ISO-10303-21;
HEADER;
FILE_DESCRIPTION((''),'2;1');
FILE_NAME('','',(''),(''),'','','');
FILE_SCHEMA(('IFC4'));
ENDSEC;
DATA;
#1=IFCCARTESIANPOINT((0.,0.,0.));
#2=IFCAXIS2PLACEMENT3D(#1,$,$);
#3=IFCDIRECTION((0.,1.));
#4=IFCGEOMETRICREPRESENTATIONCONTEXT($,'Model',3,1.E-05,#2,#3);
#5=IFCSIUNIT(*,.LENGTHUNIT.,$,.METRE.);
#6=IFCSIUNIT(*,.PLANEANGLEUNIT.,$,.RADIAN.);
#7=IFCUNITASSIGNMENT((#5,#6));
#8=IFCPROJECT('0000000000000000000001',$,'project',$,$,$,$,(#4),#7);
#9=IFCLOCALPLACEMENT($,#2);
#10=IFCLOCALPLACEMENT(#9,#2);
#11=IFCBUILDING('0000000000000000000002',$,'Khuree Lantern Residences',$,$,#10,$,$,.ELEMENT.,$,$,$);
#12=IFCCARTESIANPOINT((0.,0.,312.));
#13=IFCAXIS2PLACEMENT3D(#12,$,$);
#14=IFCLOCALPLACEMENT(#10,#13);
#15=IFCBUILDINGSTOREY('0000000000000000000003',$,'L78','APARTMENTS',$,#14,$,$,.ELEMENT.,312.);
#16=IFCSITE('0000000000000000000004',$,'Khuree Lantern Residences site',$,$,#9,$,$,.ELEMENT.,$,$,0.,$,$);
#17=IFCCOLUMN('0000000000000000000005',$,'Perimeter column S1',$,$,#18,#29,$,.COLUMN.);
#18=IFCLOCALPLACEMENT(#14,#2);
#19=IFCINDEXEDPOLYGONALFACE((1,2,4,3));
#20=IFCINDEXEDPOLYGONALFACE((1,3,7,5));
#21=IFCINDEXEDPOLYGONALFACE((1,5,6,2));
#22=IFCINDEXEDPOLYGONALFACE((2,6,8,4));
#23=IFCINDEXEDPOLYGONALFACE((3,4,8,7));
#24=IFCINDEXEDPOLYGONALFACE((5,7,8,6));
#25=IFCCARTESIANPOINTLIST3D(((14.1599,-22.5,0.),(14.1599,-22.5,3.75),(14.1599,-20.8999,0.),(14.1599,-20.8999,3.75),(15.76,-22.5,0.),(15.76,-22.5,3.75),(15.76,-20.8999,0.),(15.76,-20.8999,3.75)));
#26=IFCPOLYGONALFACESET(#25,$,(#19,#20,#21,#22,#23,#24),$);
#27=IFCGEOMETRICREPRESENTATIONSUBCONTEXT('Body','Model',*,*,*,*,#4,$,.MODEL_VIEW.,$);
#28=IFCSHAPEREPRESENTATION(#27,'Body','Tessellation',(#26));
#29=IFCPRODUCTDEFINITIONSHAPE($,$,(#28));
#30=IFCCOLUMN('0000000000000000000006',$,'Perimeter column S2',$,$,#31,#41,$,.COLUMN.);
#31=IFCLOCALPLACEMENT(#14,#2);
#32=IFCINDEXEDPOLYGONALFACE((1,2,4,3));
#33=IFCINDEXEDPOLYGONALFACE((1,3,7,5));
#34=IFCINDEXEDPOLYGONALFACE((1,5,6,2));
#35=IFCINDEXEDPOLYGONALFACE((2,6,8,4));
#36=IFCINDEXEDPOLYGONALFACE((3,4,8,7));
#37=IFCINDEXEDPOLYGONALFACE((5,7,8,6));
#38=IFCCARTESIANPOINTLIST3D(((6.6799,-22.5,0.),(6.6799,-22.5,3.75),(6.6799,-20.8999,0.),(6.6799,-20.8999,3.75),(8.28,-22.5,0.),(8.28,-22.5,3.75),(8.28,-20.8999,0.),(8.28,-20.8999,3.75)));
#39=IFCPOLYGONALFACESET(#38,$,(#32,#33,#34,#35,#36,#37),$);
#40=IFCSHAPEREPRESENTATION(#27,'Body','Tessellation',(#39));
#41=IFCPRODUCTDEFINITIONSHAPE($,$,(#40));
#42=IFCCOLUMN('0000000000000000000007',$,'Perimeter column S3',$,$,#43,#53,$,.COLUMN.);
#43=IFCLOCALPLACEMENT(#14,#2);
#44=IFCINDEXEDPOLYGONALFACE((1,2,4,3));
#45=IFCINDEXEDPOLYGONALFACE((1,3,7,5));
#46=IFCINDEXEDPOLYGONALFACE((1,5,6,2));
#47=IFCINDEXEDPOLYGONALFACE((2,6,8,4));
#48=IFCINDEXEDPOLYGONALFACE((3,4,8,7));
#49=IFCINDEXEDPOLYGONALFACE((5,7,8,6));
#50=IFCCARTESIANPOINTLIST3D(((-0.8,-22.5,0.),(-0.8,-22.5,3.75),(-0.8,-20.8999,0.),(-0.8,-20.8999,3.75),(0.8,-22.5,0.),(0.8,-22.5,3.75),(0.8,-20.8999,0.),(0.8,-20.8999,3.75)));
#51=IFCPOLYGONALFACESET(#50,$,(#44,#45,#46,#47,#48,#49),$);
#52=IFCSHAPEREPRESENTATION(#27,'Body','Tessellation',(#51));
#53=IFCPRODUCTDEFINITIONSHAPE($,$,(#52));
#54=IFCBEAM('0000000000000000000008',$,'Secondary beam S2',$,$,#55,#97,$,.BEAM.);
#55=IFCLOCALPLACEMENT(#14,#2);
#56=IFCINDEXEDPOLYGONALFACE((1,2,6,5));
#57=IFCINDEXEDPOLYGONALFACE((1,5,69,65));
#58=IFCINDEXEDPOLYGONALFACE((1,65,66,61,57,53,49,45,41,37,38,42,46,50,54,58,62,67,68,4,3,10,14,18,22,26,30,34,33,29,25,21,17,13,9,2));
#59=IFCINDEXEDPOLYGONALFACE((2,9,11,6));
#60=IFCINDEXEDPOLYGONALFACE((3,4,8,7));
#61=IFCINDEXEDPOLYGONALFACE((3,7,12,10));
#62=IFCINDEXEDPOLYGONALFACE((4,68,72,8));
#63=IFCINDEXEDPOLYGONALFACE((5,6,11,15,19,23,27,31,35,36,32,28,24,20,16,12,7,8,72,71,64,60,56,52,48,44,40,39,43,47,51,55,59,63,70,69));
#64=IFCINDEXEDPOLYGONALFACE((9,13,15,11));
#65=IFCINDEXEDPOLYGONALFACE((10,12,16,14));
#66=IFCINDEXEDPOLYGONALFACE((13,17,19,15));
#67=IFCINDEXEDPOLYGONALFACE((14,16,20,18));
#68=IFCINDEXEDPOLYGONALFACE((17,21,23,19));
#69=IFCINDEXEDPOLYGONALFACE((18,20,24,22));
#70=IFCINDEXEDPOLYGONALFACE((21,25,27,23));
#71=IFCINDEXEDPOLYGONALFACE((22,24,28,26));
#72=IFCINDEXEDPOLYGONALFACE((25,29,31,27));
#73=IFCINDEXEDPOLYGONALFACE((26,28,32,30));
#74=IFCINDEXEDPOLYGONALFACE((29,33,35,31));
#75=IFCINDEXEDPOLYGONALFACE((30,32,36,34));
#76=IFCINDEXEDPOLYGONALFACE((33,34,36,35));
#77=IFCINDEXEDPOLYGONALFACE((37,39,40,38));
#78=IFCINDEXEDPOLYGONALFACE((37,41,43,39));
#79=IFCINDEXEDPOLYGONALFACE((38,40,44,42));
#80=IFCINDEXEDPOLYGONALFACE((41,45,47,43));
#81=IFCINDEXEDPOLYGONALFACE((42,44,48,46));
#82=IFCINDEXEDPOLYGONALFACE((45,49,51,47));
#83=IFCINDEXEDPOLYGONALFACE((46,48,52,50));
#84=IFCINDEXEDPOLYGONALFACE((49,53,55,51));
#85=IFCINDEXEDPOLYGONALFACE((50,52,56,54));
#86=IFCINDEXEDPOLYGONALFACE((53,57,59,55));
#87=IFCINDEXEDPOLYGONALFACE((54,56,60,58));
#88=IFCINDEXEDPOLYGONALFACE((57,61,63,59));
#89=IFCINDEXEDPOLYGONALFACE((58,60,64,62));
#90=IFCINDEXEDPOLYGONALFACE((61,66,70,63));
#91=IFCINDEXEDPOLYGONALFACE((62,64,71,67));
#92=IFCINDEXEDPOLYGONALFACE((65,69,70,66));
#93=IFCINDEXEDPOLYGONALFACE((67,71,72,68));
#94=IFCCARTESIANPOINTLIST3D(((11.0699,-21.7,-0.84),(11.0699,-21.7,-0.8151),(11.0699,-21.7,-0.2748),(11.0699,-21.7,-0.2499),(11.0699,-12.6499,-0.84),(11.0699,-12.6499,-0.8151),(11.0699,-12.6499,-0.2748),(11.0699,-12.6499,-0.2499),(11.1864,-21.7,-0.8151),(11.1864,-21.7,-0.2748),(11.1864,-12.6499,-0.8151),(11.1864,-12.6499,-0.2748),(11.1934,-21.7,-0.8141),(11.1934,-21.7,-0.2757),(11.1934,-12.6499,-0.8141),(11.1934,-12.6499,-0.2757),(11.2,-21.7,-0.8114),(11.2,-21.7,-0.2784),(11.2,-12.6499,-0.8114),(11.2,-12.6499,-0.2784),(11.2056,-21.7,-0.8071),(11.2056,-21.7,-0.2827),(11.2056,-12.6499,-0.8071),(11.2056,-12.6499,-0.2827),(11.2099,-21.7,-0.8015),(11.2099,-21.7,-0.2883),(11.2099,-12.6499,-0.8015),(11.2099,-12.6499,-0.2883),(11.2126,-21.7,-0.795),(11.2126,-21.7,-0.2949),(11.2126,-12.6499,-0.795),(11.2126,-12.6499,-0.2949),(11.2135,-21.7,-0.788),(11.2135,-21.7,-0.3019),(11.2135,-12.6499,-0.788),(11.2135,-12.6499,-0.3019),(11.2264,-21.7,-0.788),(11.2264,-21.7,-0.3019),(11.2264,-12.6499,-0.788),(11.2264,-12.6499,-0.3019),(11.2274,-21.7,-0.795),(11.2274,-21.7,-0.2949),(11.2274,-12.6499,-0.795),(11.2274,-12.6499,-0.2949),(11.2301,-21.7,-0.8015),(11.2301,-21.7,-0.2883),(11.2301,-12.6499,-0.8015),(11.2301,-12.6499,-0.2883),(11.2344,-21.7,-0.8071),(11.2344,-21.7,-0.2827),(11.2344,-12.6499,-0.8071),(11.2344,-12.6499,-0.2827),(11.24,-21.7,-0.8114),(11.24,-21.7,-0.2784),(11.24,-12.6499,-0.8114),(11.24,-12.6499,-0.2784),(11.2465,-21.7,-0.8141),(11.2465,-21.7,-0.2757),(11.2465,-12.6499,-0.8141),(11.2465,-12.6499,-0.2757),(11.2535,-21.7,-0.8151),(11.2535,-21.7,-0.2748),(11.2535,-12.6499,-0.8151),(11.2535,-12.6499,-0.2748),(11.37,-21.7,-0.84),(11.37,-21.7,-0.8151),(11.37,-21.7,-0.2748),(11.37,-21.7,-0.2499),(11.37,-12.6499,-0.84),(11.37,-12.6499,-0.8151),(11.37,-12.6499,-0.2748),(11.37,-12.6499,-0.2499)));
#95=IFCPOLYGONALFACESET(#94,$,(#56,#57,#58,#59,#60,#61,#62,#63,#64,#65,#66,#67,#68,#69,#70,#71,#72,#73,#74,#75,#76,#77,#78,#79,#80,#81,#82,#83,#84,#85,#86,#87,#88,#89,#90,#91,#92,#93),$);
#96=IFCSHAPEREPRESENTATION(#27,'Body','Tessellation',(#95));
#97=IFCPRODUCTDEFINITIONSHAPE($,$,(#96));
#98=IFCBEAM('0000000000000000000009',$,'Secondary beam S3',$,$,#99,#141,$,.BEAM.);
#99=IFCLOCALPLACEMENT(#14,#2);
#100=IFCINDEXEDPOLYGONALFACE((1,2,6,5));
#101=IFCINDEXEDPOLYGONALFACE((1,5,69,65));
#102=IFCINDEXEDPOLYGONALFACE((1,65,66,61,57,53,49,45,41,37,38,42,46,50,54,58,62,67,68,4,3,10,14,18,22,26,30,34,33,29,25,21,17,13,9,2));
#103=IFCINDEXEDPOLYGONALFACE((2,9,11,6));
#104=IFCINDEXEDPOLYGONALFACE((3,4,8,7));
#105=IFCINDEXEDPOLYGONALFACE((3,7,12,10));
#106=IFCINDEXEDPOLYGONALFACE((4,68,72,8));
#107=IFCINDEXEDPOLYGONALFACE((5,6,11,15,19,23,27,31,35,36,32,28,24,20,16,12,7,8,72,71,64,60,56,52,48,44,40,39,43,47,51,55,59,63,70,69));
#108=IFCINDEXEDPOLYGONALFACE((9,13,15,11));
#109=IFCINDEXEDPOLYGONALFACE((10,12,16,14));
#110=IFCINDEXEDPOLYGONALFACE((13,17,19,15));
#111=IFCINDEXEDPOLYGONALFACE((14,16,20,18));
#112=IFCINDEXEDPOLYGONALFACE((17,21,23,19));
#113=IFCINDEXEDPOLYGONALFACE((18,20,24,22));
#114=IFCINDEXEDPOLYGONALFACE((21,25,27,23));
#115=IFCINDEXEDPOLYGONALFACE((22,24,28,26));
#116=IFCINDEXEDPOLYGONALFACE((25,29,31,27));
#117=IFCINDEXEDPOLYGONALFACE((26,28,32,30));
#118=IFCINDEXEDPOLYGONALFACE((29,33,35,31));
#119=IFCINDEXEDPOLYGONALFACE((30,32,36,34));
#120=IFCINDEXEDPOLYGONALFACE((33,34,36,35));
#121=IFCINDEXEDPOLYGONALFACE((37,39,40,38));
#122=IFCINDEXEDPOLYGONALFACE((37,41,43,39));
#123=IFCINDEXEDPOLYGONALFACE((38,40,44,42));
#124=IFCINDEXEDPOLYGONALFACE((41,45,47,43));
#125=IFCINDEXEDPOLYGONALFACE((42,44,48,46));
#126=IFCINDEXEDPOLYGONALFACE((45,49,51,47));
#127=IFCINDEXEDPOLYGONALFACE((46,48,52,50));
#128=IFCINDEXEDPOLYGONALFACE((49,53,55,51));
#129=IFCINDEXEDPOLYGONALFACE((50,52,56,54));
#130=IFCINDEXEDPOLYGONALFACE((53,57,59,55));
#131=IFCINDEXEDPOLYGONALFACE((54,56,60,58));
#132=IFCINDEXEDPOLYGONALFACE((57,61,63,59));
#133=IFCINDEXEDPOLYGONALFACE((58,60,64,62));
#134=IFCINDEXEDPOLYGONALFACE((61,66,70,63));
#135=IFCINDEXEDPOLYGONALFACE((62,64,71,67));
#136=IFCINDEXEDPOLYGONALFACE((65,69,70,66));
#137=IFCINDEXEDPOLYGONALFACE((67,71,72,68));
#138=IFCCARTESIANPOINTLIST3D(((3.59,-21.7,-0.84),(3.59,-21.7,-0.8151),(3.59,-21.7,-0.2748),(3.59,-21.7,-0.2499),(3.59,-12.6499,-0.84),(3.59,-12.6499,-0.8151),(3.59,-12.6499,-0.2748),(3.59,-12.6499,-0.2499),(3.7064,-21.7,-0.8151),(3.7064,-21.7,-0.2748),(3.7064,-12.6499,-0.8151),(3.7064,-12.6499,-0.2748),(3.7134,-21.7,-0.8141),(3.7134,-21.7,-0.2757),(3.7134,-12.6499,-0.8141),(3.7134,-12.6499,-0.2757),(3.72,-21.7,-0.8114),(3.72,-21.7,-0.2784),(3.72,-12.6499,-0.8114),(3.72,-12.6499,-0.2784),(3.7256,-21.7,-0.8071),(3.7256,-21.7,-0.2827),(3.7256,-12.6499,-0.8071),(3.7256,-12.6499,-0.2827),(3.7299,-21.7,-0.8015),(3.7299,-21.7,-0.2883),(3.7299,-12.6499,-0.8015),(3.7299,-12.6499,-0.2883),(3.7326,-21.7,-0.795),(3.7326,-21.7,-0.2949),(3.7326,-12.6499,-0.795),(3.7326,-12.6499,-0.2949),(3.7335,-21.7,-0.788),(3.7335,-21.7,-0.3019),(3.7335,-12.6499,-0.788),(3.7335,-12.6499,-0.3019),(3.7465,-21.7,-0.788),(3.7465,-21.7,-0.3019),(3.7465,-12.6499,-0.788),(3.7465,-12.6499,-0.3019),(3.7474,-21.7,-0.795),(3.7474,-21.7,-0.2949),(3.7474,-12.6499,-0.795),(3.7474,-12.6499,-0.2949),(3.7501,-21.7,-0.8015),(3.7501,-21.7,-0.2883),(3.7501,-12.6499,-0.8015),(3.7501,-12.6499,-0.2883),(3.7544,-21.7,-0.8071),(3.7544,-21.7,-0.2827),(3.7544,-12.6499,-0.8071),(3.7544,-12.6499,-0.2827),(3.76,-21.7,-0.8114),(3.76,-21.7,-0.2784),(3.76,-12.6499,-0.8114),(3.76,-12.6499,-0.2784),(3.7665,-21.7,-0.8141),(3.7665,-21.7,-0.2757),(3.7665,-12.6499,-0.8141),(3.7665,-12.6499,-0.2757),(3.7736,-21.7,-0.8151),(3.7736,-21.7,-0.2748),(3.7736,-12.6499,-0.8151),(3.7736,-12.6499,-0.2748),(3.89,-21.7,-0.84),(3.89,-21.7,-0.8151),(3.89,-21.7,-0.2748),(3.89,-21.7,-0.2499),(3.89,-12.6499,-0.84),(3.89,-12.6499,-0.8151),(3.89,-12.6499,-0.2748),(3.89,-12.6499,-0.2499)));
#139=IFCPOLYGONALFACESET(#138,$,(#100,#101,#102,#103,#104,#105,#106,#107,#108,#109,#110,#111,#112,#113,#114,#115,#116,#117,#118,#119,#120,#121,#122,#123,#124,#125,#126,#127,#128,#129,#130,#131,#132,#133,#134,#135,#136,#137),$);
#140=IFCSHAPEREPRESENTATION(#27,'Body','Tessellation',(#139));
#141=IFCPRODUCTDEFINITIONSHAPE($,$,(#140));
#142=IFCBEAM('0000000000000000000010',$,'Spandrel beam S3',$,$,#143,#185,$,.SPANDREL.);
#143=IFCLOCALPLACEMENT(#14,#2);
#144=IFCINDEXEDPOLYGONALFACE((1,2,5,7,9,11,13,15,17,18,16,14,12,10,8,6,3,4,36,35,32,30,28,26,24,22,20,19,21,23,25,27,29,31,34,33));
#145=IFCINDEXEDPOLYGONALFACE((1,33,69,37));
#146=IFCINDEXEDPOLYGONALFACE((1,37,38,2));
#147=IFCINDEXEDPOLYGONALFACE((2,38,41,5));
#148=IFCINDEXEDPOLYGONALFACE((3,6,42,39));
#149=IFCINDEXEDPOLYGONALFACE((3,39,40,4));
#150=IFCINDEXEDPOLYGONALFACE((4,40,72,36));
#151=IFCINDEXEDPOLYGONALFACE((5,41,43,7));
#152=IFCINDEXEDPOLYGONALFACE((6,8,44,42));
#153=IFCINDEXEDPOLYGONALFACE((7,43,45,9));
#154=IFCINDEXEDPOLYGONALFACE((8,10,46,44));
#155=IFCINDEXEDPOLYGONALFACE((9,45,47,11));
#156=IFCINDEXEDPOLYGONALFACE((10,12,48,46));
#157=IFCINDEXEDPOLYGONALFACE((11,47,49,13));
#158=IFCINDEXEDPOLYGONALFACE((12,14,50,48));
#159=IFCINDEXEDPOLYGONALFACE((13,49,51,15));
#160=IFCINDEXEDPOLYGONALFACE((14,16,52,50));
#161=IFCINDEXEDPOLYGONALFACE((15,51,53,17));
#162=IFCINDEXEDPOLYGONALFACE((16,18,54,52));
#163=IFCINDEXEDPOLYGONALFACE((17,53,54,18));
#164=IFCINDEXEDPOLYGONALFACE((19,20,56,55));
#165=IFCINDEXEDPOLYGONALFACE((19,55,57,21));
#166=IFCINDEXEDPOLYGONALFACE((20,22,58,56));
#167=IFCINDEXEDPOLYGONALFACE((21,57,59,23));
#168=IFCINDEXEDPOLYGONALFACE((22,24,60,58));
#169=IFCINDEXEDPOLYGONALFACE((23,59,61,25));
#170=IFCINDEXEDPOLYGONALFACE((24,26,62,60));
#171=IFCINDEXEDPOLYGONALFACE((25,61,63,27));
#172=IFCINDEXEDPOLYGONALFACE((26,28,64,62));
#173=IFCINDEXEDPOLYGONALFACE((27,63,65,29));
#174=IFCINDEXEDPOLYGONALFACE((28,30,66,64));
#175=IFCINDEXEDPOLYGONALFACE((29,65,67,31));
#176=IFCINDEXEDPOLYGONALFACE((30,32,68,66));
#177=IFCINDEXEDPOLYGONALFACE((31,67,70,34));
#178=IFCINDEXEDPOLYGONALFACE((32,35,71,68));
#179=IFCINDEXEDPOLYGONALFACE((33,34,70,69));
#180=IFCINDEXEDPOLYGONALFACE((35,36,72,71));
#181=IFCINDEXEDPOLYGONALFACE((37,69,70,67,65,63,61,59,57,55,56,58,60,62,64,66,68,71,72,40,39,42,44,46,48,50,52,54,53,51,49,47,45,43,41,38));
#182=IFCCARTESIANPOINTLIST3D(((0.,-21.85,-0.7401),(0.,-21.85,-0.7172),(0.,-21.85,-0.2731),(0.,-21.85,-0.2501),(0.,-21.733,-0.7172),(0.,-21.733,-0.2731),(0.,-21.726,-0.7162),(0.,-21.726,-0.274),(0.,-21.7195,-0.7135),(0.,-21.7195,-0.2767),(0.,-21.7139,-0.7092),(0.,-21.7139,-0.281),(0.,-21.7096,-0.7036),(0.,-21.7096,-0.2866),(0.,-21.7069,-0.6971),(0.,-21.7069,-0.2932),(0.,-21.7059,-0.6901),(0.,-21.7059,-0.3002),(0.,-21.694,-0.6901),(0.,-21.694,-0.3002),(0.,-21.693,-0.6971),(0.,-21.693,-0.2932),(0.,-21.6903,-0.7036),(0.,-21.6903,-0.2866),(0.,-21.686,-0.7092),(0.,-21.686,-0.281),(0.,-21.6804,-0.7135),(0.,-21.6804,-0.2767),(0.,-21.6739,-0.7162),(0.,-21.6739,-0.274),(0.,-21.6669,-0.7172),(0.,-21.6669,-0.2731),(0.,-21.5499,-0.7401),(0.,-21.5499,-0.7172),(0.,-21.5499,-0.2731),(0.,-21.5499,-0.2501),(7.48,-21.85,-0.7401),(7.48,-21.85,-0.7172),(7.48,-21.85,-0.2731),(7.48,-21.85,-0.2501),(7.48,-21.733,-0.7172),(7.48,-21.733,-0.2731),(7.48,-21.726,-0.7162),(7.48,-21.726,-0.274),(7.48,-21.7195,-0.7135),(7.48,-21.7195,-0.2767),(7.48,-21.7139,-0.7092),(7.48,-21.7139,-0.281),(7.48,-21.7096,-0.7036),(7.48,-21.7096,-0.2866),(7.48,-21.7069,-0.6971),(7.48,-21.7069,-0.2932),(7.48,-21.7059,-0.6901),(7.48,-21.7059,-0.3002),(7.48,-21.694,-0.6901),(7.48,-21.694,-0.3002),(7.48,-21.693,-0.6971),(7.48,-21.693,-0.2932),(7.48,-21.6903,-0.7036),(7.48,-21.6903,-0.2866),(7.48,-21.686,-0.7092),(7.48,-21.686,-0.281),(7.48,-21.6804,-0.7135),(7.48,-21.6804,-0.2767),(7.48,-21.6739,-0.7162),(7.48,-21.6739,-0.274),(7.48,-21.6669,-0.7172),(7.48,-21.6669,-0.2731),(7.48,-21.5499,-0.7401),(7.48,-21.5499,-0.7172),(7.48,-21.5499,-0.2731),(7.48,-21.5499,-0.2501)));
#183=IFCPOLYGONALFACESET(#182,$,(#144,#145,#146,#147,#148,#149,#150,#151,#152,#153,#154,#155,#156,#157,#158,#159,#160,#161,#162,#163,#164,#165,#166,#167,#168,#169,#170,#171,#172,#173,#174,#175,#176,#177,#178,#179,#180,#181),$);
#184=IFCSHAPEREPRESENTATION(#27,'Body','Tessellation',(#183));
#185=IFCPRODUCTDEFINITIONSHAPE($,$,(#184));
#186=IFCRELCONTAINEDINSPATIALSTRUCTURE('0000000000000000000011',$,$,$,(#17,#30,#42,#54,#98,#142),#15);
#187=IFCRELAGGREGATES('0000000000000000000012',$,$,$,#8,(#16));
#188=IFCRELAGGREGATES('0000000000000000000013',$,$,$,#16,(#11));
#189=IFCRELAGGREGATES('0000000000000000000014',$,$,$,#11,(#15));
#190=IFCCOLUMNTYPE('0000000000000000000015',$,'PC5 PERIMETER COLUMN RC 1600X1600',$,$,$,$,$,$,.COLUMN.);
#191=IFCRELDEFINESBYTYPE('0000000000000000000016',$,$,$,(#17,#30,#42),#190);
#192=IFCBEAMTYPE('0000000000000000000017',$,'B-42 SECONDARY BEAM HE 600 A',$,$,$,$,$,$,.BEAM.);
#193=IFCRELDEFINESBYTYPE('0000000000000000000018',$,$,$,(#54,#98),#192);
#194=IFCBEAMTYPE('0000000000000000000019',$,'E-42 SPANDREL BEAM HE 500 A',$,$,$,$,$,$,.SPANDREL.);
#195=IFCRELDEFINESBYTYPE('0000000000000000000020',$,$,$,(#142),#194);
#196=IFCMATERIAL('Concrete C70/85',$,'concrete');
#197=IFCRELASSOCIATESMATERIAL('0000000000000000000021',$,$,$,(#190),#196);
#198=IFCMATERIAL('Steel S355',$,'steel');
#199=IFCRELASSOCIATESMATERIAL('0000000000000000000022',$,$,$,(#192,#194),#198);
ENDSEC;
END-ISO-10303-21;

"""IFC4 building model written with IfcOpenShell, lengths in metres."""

from ifc_helpers import new_model, si_unit, direction, frame, origin, origin_2d, place, context, subcontext, project, spatial, rectangle, i_section, extrude, material, material_profile, profile_set, type_object, element, save


model = new_model("IFC4")

# Units and contexts
model_context = context("Model", 3, precision=1e-05, world=origin(), true_north=direction((0.0, 1.0)))
body_context = subcontext(model_context, "Body", "Model", "MODEL_VIEW")
ifc_project = project(units=[si_unit("LENGTHUNIT", "METRE"), si_unit("PLANEANGLEUNIT", "RADIAN")], contexts=[model_context])

# Site, building, storey
site_placement = place(None, origin())
site = spatial("IfcSite", under=ifc_project, at=site_placement, Name="Khuree Lantern Residences site", CompositionType="ELEMENT", RefElevation=0.0)
building_placement = place(site_placement, origin())
building = spatial("IfcBuilding", under=site, at=building_placement, Name="Khuree Lantern Residences", CompositionType="ELEMENT")
storey_placement = place(building_placement, frame((0.0, 0.0, 312.0)))
storey = spatial("IfcBuildingStorey", under=building, at=storey_placement, Name="L78", Description="APARTMENTS", CompositionType="ELEMENT", Elevation=312.0)

# Columns
ifc_material_1 = material(Name="Concrete C70/85", Category="concrete")
ifc_material_profile_1 = material_profile(ifc_material_1, rectangle(XDim=1.6001, YDim=1.6001, at=origin_2d()), Name="RC 1600X1600")
ifc_profile_set_1 = profile_set([ifc_material_profile_1], Name="Concrete C70/85")
column_type = type_object("IfcColumnType", Name="PC5 PERIMETER COLUMN RC 1600X1600", PredefinedType="COLUMN", material=ifc_profile_set_1)
for number, where, z_axis, x_axis, name in (
    (1, (14.96, -21.7, 0.0), (0.0, 0.0, 1.0), (1.0, 0.0, 0.0), "Perimeter column S1"),
    (2, (7.48, -21.7, 0.0), (0.0, 0.0, 1.0), (1.0, 0.0, 0.0), "Perimeter column S2"),
    (3, (0.0, -21.7, 0.0), (0.0, 0.0, 1.0), (1.0, 0.0, 0.0), "Perimeter column S3"),
):
    element("IfcColumn", number, at=place(storey_placement, frame(where, z_axis=z_axis, x_axis=x_axis)), inside=storey, type_object=column_type, Name=name, PredefinedType="COLUMN", context=body_context, shape_type="SweptSolid", body=[
        extrude(rectangle(XDim=1.6001, YDim=1.6001, at=origin_2d()), origin(), (0.0, 0.0, 1.0), 3.75),
    ])

# Beams
ifc_material_2 = material(Name="Steel S355", Category="steel")
ifc_material_profile_2 = material_profile(ifc_material_2, i_section(OverallWidth=0.3, OverallDepth=0.5901, WebThickness=0.0129, FlangeThickness=0.0249, FilletRadius=0.0271, at=origin_2d()), Name="HE 600 A")
ifc_profile_set_2 = profile_set([ifc_material_profile_2], Name="Steel S355")
beam_type_1 = type_object("IfcBeamType", Name="B-42 SECONDARY BEAM HE 600 A", PredefinedType="BEAM", material=ifc_profile_set_2)
for number, where, z_axis, x_axis, name in (
    (4, (11.22, -21.7, -0.5449), (0.0, 1.0, 0.0), (-1.0, 0.0, 0.0), "Secondary beam S2"),
    (5, (3.74, -21.7, -0.5449), (0.0, 1.0, 0.0), (-1.0, 0.0, 0.0), "Secondary beam S3"),
):
    element("IfcBeam", number, at=place(storey_placement, frame(where, z_axis=z_axis, x_axis=x_axis)), inside=storey, type_object=beam_type_1, Name=name, PredefinedType="BEAM", context=body_context, shape_type="SweptSolid", body=[
        extrude(i_section(OverallWidth=0.3, OverallDepth=0.5901, WebThickness=0.0129, FlangeThickness=0.0249, FilletRadius=0.0271, at=origin_2d()), origin(), (0.0, 0.0, 1.0), 9.05),
    ])
ifc_material_profile_3 = material_profile(ifc_material_2, i_section(OverallWidth=0.3, OverallDepth=0.49, WebThickness=0.012, FlangeThickness=0.0229, FilletRadius=0.0271, at=origin_2d()), Name="HE 500 A")
ifc_profile_set_3 = profile_set([ifc_material_profile_3], Name="Steel S355")
beam_type_2 = type_object("IfcBeamType", Name="E-42 SPANDREL BEAM HE 500 A", PredefinedType="SPANDREL", material=ifc_profile_set_3)
for number, where, z_axis, x_axis, name in (
    (6, (7.48, -21.7, -0.4951), (-1.0, 0.0, 0.0), (0.0, -1.0, 0.0), "Spandrel beam S3"),
):
    element("IfcBeam", number, at=place(storey_placement, frame(where, z_axis=z_axis, x_axis=x_axis)), inside=storey, type_object=beam_type_2, Name=name, PredefinedType="SPANDREL", context=body_context, shape_type="SweptSolid", body=[
        extrude(i_section(OverallWidth=0.3, OverallDepth=0.49, WebThickness=0.012, FlangeThickness=0.0229, FilletRadius=0.0271, at=origin_2d()), origin(), (0.0, 0.0, 1.0), 7.48),
    ])

save(model, "model.ifc")
